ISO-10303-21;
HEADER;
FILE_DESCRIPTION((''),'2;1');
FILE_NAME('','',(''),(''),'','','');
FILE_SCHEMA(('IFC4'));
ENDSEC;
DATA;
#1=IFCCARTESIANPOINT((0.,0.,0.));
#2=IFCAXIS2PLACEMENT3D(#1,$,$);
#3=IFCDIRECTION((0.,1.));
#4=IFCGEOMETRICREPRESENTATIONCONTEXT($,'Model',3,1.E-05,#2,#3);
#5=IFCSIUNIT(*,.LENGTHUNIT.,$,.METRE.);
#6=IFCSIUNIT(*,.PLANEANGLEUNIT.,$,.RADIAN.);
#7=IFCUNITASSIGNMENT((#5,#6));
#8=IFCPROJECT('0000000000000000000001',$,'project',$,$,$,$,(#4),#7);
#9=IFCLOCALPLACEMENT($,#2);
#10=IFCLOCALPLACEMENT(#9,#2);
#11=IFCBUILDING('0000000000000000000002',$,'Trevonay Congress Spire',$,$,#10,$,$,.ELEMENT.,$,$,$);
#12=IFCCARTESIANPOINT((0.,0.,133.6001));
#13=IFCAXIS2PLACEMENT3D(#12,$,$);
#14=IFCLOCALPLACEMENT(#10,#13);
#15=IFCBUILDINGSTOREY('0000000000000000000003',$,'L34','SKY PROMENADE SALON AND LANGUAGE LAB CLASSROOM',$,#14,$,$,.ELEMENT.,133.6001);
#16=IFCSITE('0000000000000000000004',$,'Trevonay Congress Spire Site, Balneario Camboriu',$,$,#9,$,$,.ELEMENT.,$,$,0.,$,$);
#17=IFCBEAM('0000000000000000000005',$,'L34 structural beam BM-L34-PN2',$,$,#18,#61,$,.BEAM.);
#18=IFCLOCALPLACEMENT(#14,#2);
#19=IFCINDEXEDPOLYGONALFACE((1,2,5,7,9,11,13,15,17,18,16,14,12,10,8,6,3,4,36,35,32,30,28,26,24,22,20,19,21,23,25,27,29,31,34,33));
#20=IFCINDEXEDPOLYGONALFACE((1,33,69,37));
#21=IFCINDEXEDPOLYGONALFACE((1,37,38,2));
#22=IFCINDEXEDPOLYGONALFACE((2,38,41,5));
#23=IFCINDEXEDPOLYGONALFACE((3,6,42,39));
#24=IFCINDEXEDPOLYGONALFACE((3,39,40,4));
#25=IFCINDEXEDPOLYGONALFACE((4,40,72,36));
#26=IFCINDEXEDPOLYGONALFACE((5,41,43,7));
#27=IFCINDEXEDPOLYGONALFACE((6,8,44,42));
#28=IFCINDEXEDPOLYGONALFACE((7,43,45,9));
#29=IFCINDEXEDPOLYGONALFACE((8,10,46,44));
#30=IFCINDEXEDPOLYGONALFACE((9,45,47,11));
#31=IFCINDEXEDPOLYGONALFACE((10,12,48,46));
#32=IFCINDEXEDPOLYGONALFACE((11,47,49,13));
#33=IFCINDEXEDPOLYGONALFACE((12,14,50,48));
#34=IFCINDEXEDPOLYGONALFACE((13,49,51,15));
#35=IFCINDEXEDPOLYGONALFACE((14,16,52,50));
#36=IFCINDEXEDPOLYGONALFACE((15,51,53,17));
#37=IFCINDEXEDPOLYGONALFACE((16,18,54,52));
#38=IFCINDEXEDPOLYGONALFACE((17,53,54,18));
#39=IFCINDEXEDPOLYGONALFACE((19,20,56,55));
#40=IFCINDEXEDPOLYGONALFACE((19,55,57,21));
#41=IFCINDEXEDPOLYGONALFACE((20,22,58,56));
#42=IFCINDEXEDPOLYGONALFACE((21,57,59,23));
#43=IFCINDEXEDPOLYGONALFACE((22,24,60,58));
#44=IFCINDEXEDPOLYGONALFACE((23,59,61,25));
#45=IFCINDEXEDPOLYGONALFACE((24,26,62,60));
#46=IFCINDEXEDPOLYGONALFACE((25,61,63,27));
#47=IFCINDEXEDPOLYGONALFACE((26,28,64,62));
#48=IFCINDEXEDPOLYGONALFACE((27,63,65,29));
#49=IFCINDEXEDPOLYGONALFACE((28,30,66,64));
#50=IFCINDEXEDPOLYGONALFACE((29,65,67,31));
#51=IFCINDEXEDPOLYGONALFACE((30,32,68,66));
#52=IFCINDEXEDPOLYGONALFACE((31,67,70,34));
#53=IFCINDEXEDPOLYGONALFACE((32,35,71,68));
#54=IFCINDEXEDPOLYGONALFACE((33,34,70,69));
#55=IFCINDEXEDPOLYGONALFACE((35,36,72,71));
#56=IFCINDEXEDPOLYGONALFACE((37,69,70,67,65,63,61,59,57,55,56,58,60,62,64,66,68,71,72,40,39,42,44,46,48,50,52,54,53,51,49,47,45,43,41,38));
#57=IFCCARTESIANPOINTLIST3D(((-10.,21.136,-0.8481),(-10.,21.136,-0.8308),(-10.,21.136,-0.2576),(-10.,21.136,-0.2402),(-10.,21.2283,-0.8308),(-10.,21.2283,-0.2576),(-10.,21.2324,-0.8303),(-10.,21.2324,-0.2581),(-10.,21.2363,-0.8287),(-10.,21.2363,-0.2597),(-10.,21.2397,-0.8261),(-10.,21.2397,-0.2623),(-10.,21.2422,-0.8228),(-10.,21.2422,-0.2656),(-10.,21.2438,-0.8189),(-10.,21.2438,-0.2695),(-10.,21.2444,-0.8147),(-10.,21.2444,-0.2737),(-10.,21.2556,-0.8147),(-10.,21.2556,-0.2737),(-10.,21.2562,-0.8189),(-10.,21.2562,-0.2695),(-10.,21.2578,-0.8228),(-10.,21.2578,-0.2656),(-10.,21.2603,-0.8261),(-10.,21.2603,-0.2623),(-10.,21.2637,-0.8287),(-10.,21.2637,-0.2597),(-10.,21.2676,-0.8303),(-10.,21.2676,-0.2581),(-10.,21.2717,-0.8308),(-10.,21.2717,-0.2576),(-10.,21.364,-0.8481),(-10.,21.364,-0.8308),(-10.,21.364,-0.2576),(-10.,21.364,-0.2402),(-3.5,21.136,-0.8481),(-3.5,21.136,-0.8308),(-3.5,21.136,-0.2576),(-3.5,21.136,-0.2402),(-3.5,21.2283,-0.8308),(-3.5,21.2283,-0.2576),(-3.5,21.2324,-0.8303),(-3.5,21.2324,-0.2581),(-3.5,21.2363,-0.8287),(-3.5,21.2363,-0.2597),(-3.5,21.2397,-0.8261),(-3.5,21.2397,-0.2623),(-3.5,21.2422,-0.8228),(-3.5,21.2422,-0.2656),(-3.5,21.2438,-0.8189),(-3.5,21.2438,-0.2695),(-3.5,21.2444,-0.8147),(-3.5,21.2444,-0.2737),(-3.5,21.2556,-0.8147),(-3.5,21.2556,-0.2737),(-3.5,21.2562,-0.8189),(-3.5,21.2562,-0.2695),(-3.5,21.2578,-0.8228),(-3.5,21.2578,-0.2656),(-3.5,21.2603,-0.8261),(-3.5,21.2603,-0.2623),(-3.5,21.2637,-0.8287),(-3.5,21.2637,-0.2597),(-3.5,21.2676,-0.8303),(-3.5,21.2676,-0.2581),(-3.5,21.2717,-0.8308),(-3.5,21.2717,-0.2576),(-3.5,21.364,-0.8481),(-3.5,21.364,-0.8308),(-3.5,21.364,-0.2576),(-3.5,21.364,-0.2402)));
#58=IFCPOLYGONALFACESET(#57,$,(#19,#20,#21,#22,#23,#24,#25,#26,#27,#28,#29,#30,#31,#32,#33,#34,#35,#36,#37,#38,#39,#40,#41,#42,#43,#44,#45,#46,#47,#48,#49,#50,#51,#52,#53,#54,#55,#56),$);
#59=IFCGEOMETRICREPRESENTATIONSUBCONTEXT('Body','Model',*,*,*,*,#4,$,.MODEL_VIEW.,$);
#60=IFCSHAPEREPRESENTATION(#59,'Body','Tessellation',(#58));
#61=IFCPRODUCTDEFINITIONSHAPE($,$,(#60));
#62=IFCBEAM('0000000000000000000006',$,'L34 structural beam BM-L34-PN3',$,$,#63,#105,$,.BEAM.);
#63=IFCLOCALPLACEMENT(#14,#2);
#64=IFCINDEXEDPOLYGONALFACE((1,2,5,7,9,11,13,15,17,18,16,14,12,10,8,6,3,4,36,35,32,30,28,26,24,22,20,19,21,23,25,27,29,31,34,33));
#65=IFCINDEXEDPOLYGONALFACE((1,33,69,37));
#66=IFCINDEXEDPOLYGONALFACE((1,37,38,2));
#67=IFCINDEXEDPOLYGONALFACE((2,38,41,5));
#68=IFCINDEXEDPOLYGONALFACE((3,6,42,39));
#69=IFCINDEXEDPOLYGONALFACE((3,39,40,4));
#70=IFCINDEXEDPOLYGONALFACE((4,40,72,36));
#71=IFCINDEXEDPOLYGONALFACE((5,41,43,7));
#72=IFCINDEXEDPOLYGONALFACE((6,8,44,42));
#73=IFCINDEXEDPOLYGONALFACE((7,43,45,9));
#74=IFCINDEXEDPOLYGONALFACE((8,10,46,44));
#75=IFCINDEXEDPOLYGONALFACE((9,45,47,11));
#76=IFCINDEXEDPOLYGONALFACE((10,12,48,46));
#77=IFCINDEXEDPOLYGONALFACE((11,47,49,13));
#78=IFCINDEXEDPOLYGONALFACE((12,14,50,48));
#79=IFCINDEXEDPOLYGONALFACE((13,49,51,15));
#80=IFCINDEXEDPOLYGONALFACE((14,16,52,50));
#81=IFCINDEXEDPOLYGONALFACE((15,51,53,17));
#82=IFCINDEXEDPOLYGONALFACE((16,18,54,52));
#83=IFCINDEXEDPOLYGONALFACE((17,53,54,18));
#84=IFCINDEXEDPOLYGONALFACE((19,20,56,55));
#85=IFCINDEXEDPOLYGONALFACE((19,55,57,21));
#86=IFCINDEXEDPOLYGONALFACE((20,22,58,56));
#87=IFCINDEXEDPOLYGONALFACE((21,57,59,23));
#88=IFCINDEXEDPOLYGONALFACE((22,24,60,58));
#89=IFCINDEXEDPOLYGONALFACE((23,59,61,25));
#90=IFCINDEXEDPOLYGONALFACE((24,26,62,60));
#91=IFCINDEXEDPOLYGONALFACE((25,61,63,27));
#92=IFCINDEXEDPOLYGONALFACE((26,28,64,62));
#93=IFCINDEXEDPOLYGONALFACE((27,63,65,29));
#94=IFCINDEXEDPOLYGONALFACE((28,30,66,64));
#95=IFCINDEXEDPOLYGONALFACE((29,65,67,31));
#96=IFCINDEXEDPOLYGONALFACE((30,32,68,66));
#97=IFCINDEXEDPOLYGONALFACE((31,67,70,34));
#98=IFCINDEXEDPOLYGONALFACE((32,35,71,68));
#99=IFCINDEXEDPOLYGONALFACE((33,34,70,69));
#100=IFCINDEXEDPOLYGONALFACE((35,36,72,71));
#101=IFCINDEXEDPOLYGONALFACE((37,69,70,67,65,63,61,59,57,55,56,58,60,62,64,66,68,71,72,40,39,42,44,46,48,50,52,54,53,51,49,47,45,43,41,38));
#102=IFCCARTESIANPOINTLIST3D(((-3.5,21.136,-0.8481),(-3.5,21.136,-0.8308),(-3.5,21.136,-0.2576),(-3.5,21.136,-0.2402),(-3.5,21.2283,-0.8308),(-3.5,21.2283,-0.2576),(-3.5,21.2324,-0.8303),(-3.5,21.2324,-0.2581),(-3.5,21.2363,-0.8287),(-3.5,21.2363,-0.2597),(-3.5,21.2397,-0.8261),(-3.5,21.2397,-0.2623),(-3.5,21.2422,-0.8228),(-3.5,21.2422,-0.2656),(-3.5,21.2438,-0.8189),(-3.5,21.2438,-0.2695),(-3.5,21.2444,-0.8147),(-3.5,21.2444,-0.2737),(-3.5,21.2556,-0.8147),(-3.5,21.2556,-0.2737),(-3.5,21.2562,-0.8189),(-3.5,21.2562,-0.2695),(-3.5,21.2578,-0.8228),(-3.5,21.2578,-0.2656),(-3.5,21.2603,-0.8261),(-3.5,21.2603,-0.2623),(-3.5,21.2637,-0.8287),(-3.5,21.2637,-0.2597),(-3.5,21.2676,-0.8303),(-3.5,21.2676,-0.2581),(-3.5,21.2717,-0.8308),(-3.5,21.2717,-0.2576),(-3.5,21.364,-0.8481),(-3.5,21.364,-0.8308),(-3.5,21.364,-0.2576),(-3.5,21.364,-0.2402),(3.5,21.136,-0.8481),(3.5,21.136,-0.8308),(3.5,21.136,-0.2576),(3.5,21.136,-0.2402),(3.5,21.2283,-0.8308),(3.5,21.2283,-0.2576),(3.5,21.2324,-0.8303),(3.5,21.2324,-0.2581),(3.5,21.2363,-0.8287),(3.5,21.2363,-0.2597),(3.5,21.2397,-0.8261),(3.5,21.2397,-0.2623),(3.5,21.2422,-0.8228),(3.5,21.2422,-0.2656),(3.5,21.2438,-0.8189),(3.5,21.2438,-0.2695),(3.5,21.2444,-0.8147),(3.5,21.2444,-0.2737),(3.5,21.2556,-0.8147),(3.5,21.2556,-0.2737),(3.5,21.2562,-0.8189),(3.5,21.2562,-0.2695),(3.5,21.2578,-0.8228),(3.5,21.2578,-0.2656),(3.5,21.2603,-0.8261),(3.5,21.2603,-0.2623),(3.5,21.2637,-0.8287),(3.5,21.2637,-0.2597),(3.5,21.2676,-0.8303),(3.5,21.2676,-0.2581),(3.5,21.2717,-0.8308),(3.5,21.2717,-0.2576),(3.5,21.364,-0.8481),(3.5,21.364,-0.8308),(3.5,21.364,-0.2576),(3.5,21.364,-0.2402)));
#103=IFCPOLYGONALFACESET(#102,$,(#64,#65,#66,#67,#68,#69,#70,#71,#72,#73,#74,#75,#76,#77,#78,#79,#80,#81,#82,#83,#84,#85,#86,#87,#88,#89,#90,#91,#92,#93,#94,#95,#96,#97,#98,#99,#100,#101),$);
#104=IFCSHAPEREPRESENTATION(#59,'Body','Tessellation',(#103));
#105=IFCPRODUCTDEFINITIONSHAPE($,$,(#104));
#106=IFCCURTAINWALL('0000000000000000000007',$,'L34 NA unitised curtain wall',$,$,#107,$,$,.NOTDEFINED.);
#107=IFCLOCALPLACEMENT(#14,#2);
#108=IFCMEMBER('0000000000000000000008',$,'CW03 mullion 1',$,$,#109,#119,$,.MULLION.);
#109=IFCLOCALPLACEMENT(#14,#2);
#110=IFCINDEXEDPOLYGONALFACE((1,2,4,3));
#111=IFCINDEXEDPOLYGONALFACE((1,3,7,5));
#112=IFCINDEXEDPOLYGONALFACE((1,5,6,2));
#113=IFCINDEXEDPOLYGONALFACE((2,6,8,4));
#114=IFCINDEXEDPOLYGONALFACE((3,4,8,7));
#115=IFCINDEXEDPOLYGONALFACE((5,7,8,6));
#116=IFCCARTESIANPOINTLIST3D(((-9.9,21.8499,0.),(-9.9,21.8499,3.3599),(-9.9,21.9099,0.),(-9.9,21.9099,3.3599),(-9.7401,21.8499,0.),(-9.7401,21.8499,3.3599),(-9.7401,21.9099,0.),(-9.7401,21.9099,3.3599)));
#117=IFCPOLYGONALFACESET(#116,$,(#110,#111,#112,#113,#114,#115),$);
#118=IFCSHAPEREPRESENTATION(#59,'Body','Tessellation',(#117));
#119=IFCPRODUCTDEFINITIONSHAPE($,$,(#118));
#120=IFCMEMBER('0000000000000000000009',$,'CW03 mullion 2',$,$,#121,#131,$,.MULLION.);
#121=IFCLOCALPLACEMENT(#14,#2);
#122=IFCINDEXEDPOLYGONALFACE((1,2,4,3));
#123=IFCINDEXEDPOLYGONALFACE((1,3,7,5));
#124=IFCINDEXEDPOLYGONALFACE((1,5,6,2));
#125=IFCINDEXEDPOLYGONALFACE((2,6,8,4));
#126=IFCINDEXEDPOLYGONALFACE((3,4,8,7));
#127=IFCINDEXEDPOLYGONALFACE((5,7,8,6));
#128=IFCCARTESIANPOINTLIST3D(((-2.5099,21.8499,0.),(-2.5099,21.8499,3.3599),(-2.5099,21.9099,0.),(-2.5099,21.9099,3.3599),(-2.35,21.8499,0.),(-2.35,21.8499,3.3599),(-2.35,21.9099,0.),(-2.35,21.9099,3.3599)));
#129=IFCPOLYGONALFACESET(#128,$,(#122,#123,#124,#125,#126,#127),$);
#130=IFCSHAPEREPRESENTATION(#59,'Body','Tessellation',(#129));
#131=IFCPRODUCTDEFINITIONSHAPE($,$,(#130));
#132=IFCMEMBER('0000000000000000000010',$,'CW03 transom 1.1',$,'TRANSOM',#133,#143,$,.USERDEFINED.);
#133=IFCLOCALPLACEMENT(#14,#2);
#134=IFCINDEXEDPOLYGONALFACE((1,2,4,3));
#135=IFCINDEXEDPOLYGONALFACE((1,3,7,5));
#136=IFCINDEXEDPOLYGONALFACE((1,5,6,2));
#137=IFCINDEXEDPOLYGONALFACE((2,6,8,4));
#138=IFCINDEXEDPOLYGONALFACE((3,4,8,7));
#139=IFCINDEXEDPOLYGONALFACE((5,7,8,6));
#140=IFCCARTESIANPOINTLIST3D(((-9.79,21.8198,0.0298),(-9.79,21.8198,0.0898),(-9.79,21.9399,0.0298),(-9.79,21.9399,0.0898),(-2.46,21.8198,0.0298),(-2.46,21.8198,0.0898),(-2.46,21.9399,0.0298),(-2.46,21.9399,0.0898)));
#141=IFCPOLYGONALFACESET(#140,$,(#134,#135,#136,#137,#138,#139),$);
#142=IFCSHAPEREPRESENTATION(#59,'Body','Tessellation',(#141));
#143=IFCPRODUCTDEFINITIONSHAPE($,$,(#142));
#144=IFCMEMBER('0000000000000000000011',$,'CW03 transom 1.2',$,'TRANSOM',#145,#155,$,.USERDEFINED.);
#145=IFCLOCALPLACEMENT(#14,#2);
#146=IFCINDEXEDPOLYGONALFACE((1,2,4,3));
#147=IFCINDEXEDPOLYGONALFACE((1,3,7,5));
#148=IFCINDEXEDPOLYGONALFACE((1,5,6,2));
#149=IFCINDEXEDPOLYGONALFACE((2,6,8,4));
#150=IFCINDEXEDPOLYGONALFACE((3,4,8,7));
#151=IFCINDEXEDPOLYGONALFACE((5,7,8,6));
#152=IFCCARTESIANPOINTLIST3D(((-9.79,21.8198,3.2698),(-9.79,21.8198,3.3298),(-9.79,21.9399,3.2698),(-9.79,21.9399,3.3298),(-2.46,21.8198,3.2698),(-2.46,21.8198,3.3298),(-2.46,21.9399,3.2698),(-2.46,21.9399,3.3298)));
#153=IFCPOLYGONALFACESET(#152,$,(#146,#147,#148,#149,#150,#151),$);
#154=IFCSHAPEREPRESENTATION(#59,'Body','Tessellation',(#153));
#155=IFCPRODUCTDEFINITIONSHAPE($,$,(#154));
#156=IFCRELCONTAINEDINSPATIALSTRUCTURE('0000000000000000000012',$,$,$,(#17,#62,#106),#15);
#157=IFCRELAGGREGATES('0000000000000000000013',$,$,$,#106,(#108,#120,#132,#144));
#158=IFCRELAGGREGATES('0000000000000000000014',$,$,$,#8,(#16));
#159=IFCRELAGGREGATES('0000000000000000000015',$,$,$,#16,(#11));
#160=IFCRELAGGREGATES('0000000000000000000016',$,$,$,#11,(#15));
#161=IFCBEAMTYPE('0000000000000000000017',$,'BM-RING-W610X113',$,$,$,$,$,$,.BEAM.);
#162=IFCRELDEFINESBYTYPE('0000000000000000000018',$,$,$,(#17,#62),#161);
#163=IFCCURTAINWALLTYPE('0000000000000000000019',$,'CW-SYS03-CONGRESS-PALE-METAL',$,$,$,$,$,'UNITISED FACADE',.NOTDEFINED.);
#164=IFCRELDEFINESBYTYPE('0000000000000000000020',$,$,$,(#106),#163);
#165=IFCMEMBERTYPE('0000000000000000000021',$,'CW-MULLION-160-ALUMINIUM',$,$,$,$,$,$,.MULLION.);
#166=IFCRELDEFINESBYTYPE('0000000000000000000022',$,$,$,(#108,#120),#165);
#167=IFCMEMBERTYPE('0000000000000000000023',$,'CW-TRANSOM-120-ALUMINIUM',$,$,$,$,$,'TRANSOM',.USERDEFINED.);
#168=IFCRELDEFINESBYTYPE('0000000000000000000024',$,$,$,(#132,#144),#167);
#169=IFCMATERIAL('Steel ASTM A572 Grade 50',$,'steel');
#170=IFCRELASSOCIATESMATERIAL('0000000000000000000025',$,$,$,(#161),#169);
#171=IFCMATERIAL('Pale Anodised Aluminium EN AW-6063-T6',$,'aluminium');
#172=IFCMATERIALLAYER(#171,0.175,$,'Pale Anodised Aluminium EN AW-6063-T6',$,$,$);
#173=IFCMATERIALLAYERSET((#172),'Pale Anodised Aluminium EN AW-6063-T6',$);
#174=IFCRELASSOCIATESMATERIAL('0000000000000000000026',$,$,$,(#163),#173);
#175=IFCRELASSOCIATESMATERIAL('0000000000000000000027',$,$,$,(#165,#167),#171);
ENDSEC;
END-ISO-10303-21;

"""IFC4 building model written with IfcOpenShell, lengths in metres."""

from ifc_helpers import new_model, si_unit, direction, frame, origin, origin_2d, place, context, subcontext, project, spatial, rectangle, i_section, extrude, material, layer, layer_set, material_profile, profile_set, type_object, element, aggregate, save


model = new_model("IFC4")

# Units and contexts
model_context = context("Model", 3, precision=1e-05, world=origin(), true_north=direction((0.0, 1.0)))
body_context = subcontext(model_context, "Body", "Model", "MODEL_VIEW")
ifc_project = project(units=[si_unit("LENGTHUNIT", "METRE"), si_unit("PLANEANGLEUNIT", "RADIAN")], contexts=[model_context])

# Site, building, storey
site_placement = place(None, origin())
site = spatial("IfcSite", under=ifc_project, at=site_placement, Name="Trevonay Congress Spire Site, Balneario Camboriu", CompositionType="ELEMENT", RefElevation=0.0)
building_placement = place(site_placement, origin())
building = spatial("IfcBuilding", under=site, at=building_placement, Name="Trevonay Congress Spire", CompositionType="ELEMENT")
storey_placement = place(building_placement, frame((0.0, 0.0, 133.6001)))
storey = spatial("IfcBuildingStorey", under=building, at=storey_placement, Name="L34", Description="SKY PROMENADE SALON AND LANGUAGE LAB CLASSROOM", CompositionType="ELEMENT", Elevation=133.6001)

# Shared definitions
ifc_material_1 = material(Name="Steel ASTM A572 Grade 50", Category="steel")

# Beams
ifc_material_profile_1 = material_profile(ifc_material_1, i_section(OverallWidth=0.228, OverallDepth=0.6079, WebThickness=0.0112, FlangeThickness=0.0173, FilletRadius=0.0161, at=origin_2d()), Name="W610x113")
ifc_profile_set_1 = profile_set([ifc_material_profile_1], Name="Steel ASTM A572 Grade 50")
beam_type_1 = type_object("IfcBeamType", Name="BM-RING-W610X113", PredefinedType="BEAM", material=ifc_profile_set_1)
beam_1_placement = place(storey_placement, frame((-10.0, 21.25, -0.5442), z_axis=(1.0, 0.0, 0.0), x_axis=(0.0, 1.0, 0.0)))
element("IfcBeam", 1, at=beam_1_placement, inside=storey, type_object=beam_type_1, Name="L34 structural beam BM-L34-PN2", PredefinedType="BEAM", context=body_context, shape_type="SweptSolid", body=[
    extrude(i_section(OverallWidth=0.228, OverallDepth=0.6079, WebThickness=0.0112, FlangeThickness=0.0173, FilletRadius=0.0161, at=origin_2d()), origin(), (0.0, 0.0, 1.0), 6.5),
])
beam_2_placement = place(storey_placement, frame((-3.5, 21.25, -0.5442), z_axis=(1.0, 0.0, 0.0), x_axis=(0.0, 1.0, 0.0)))
element("IfcBeam", 2, at=beam_2_placement, inside=storey, type_object=beam_type_1, Name="L34 structural beam BM-L34-PN3", PredefinedType="BEAM", context=body_context, shape_type="SweptSolid", body=[
    extrude(i_section(OverallWidth=0.228, OverallDepth=0.6079, WebThickness=0.0112, FlangeThickness=0.0173, FilletRadius=0.0161, at=origin_2d()), origin(), (0.0, 0.0, 1.0), 7.0),
])

# Curtain wall, members
ifc_material_2 = material(Name="Pale Anodised Aluminium EN AW-6063-T6", Category="aluminium")
ifc_layer_1 = layer(ifc_material_2, 0.175, Name="Pale Anodised Aluminium EN AW-6063-T6")
ifc_layer_set_1 = layer_set([ifc_layer_1], Name="Pale Anodised Aluminium EN AW-6063-T6")
curtain_wall_type = type_object("IfcCurtainWallType", Name="CW-SYS03-CONGRESS-PALE-METAL", ElementType="UNITISED FACADE", PredefinedType="NOTDEFINED", material=ifc_layer_set_1)
curtain_wall_placement = place(storey_placement, origin())
curtain_wall = element("IfcCurtainWall", 3, at=curtain_wall_placement, inside=storey, type_object=curtain_wall_type, Name="L34 NA unitised curtain wall", PredefinedType="NOTDEFINED")
ifc_material_profile_2 = material_profile(ifc_material_2, rectangle(XDim=0.0601, YDim=0.1599, at=origin_2d()), Name="CW-MULLION-160-ALUMINIUM")
ifc_profile_set_2 = profile_set([ifc_material_profile_2], Name="Pale Anodised Aluminium EN AW-6063-T6")
member_type_1 = type_object("IfcMemberType", Name="CW-MULLION-160-ALUMINIUM", PredefinedType="MULLION", material=ifc_profile_set_2)
member_1_placement = place(storey_placement, frame((-9.8201, 21.8799, 0.0), z_axis=(0.0, 0.0, 1.0), x_axis=(0.0, 1.0, 0.0)))
member_1 = element("IfcMember", 4, at=member_1_placement, type_object=member_type_1, Name="CW03 mullion 1", PredefinedType="MULLION", context=body_context, shape_type="SweptSolid", body=[
    extrude(rectangle(XDim=0.0601, YDim=0.1599, at=origin_2d()), origin(), (0.0, 0.0, 1.0), 3.3599),
])
member_2_placement = place(storey_placement, frame((-2.4299, 21.8799, 0.0), z_axis=(0.0, 0.0, 1.0), x_axis=(0.0, 1.0, 0.0)))
member_2 = element("IfcMember", 5, at=member_2_placement, type_object=member_type_1, Name="CW03 mullion 2", PredefinedType="MULLION", context=body_context, shape_type="SweptSolid", body=[
    extrude(rectangle(XDim=0.0601, YDim=0.1599, at=origin_2d()), origin(), (0.0, 0.0, 1.0), 3.3599),
])
ifc_material_profile_3 = material_profile(ifc_material_2, rectangle(XDim=0.1201, YDim=0.0601, at=origin_2d()), Name="CW-TRANSOM-120-ALUMINIUM")
ifc_profile_set_3 = profile_set([ifc_material_profile_3], Name="Pale Anodised Aluminium EN AW-6063-T6")
member_type_2 = type_object("IfcMemberType", Name="CW-TRANSOM-120-ALUMINIUM", ElementType="TRANSOM", PredefinedType="USERDEFINED", material=ifc_profile_set_3)
member_3_placement = place(storey_placement, frame((-9.79, 21.8799, 0.0598), z_axis=(1.0, 0.0, 0.0), x_axis=(0.0, 1.0, 0.0)))
member_3 = element("IfcMember", 6, at=member_3_placement, type_object=member_type_2, Name="CW03 transom 1.1", ObjectType="TRANSOM", PredefinedType="USERDEFINED", context=body_context, shape_type="SweptSolid", body=[
    extrude(rectangle(XDim=0.1201, YDim=0.0601, at=origin_2d()), origin(), (0.0, 0.0, 1.0), 7.3301),
])
member_4_placement = place(storey_placement, frame((-9.79, 21.8799, 3.2998), z_axis=(1.0, 0.0, 0.0), x_axis=(0.0, 1.0, 0.0)))
member_4 = element("IfcMember", 7, at=member_4_placement, type_object=member_type_2, Name="CW03 transom 1.2", ObjectType="TRANSOM", PredefinedType="USERDEFINED", context=body_context, shape_type="SweptSolid", body=[
    extrude(rectangle(XDim=0.1201, YDim=0.0601, at=origin_2d()), origin(), (0.0, 0.0, 1.0), 7.3301),
])

aggregate(curtain_wall, [member_1, member_2, member_3, member_4])

save(model, "model.ifc")
